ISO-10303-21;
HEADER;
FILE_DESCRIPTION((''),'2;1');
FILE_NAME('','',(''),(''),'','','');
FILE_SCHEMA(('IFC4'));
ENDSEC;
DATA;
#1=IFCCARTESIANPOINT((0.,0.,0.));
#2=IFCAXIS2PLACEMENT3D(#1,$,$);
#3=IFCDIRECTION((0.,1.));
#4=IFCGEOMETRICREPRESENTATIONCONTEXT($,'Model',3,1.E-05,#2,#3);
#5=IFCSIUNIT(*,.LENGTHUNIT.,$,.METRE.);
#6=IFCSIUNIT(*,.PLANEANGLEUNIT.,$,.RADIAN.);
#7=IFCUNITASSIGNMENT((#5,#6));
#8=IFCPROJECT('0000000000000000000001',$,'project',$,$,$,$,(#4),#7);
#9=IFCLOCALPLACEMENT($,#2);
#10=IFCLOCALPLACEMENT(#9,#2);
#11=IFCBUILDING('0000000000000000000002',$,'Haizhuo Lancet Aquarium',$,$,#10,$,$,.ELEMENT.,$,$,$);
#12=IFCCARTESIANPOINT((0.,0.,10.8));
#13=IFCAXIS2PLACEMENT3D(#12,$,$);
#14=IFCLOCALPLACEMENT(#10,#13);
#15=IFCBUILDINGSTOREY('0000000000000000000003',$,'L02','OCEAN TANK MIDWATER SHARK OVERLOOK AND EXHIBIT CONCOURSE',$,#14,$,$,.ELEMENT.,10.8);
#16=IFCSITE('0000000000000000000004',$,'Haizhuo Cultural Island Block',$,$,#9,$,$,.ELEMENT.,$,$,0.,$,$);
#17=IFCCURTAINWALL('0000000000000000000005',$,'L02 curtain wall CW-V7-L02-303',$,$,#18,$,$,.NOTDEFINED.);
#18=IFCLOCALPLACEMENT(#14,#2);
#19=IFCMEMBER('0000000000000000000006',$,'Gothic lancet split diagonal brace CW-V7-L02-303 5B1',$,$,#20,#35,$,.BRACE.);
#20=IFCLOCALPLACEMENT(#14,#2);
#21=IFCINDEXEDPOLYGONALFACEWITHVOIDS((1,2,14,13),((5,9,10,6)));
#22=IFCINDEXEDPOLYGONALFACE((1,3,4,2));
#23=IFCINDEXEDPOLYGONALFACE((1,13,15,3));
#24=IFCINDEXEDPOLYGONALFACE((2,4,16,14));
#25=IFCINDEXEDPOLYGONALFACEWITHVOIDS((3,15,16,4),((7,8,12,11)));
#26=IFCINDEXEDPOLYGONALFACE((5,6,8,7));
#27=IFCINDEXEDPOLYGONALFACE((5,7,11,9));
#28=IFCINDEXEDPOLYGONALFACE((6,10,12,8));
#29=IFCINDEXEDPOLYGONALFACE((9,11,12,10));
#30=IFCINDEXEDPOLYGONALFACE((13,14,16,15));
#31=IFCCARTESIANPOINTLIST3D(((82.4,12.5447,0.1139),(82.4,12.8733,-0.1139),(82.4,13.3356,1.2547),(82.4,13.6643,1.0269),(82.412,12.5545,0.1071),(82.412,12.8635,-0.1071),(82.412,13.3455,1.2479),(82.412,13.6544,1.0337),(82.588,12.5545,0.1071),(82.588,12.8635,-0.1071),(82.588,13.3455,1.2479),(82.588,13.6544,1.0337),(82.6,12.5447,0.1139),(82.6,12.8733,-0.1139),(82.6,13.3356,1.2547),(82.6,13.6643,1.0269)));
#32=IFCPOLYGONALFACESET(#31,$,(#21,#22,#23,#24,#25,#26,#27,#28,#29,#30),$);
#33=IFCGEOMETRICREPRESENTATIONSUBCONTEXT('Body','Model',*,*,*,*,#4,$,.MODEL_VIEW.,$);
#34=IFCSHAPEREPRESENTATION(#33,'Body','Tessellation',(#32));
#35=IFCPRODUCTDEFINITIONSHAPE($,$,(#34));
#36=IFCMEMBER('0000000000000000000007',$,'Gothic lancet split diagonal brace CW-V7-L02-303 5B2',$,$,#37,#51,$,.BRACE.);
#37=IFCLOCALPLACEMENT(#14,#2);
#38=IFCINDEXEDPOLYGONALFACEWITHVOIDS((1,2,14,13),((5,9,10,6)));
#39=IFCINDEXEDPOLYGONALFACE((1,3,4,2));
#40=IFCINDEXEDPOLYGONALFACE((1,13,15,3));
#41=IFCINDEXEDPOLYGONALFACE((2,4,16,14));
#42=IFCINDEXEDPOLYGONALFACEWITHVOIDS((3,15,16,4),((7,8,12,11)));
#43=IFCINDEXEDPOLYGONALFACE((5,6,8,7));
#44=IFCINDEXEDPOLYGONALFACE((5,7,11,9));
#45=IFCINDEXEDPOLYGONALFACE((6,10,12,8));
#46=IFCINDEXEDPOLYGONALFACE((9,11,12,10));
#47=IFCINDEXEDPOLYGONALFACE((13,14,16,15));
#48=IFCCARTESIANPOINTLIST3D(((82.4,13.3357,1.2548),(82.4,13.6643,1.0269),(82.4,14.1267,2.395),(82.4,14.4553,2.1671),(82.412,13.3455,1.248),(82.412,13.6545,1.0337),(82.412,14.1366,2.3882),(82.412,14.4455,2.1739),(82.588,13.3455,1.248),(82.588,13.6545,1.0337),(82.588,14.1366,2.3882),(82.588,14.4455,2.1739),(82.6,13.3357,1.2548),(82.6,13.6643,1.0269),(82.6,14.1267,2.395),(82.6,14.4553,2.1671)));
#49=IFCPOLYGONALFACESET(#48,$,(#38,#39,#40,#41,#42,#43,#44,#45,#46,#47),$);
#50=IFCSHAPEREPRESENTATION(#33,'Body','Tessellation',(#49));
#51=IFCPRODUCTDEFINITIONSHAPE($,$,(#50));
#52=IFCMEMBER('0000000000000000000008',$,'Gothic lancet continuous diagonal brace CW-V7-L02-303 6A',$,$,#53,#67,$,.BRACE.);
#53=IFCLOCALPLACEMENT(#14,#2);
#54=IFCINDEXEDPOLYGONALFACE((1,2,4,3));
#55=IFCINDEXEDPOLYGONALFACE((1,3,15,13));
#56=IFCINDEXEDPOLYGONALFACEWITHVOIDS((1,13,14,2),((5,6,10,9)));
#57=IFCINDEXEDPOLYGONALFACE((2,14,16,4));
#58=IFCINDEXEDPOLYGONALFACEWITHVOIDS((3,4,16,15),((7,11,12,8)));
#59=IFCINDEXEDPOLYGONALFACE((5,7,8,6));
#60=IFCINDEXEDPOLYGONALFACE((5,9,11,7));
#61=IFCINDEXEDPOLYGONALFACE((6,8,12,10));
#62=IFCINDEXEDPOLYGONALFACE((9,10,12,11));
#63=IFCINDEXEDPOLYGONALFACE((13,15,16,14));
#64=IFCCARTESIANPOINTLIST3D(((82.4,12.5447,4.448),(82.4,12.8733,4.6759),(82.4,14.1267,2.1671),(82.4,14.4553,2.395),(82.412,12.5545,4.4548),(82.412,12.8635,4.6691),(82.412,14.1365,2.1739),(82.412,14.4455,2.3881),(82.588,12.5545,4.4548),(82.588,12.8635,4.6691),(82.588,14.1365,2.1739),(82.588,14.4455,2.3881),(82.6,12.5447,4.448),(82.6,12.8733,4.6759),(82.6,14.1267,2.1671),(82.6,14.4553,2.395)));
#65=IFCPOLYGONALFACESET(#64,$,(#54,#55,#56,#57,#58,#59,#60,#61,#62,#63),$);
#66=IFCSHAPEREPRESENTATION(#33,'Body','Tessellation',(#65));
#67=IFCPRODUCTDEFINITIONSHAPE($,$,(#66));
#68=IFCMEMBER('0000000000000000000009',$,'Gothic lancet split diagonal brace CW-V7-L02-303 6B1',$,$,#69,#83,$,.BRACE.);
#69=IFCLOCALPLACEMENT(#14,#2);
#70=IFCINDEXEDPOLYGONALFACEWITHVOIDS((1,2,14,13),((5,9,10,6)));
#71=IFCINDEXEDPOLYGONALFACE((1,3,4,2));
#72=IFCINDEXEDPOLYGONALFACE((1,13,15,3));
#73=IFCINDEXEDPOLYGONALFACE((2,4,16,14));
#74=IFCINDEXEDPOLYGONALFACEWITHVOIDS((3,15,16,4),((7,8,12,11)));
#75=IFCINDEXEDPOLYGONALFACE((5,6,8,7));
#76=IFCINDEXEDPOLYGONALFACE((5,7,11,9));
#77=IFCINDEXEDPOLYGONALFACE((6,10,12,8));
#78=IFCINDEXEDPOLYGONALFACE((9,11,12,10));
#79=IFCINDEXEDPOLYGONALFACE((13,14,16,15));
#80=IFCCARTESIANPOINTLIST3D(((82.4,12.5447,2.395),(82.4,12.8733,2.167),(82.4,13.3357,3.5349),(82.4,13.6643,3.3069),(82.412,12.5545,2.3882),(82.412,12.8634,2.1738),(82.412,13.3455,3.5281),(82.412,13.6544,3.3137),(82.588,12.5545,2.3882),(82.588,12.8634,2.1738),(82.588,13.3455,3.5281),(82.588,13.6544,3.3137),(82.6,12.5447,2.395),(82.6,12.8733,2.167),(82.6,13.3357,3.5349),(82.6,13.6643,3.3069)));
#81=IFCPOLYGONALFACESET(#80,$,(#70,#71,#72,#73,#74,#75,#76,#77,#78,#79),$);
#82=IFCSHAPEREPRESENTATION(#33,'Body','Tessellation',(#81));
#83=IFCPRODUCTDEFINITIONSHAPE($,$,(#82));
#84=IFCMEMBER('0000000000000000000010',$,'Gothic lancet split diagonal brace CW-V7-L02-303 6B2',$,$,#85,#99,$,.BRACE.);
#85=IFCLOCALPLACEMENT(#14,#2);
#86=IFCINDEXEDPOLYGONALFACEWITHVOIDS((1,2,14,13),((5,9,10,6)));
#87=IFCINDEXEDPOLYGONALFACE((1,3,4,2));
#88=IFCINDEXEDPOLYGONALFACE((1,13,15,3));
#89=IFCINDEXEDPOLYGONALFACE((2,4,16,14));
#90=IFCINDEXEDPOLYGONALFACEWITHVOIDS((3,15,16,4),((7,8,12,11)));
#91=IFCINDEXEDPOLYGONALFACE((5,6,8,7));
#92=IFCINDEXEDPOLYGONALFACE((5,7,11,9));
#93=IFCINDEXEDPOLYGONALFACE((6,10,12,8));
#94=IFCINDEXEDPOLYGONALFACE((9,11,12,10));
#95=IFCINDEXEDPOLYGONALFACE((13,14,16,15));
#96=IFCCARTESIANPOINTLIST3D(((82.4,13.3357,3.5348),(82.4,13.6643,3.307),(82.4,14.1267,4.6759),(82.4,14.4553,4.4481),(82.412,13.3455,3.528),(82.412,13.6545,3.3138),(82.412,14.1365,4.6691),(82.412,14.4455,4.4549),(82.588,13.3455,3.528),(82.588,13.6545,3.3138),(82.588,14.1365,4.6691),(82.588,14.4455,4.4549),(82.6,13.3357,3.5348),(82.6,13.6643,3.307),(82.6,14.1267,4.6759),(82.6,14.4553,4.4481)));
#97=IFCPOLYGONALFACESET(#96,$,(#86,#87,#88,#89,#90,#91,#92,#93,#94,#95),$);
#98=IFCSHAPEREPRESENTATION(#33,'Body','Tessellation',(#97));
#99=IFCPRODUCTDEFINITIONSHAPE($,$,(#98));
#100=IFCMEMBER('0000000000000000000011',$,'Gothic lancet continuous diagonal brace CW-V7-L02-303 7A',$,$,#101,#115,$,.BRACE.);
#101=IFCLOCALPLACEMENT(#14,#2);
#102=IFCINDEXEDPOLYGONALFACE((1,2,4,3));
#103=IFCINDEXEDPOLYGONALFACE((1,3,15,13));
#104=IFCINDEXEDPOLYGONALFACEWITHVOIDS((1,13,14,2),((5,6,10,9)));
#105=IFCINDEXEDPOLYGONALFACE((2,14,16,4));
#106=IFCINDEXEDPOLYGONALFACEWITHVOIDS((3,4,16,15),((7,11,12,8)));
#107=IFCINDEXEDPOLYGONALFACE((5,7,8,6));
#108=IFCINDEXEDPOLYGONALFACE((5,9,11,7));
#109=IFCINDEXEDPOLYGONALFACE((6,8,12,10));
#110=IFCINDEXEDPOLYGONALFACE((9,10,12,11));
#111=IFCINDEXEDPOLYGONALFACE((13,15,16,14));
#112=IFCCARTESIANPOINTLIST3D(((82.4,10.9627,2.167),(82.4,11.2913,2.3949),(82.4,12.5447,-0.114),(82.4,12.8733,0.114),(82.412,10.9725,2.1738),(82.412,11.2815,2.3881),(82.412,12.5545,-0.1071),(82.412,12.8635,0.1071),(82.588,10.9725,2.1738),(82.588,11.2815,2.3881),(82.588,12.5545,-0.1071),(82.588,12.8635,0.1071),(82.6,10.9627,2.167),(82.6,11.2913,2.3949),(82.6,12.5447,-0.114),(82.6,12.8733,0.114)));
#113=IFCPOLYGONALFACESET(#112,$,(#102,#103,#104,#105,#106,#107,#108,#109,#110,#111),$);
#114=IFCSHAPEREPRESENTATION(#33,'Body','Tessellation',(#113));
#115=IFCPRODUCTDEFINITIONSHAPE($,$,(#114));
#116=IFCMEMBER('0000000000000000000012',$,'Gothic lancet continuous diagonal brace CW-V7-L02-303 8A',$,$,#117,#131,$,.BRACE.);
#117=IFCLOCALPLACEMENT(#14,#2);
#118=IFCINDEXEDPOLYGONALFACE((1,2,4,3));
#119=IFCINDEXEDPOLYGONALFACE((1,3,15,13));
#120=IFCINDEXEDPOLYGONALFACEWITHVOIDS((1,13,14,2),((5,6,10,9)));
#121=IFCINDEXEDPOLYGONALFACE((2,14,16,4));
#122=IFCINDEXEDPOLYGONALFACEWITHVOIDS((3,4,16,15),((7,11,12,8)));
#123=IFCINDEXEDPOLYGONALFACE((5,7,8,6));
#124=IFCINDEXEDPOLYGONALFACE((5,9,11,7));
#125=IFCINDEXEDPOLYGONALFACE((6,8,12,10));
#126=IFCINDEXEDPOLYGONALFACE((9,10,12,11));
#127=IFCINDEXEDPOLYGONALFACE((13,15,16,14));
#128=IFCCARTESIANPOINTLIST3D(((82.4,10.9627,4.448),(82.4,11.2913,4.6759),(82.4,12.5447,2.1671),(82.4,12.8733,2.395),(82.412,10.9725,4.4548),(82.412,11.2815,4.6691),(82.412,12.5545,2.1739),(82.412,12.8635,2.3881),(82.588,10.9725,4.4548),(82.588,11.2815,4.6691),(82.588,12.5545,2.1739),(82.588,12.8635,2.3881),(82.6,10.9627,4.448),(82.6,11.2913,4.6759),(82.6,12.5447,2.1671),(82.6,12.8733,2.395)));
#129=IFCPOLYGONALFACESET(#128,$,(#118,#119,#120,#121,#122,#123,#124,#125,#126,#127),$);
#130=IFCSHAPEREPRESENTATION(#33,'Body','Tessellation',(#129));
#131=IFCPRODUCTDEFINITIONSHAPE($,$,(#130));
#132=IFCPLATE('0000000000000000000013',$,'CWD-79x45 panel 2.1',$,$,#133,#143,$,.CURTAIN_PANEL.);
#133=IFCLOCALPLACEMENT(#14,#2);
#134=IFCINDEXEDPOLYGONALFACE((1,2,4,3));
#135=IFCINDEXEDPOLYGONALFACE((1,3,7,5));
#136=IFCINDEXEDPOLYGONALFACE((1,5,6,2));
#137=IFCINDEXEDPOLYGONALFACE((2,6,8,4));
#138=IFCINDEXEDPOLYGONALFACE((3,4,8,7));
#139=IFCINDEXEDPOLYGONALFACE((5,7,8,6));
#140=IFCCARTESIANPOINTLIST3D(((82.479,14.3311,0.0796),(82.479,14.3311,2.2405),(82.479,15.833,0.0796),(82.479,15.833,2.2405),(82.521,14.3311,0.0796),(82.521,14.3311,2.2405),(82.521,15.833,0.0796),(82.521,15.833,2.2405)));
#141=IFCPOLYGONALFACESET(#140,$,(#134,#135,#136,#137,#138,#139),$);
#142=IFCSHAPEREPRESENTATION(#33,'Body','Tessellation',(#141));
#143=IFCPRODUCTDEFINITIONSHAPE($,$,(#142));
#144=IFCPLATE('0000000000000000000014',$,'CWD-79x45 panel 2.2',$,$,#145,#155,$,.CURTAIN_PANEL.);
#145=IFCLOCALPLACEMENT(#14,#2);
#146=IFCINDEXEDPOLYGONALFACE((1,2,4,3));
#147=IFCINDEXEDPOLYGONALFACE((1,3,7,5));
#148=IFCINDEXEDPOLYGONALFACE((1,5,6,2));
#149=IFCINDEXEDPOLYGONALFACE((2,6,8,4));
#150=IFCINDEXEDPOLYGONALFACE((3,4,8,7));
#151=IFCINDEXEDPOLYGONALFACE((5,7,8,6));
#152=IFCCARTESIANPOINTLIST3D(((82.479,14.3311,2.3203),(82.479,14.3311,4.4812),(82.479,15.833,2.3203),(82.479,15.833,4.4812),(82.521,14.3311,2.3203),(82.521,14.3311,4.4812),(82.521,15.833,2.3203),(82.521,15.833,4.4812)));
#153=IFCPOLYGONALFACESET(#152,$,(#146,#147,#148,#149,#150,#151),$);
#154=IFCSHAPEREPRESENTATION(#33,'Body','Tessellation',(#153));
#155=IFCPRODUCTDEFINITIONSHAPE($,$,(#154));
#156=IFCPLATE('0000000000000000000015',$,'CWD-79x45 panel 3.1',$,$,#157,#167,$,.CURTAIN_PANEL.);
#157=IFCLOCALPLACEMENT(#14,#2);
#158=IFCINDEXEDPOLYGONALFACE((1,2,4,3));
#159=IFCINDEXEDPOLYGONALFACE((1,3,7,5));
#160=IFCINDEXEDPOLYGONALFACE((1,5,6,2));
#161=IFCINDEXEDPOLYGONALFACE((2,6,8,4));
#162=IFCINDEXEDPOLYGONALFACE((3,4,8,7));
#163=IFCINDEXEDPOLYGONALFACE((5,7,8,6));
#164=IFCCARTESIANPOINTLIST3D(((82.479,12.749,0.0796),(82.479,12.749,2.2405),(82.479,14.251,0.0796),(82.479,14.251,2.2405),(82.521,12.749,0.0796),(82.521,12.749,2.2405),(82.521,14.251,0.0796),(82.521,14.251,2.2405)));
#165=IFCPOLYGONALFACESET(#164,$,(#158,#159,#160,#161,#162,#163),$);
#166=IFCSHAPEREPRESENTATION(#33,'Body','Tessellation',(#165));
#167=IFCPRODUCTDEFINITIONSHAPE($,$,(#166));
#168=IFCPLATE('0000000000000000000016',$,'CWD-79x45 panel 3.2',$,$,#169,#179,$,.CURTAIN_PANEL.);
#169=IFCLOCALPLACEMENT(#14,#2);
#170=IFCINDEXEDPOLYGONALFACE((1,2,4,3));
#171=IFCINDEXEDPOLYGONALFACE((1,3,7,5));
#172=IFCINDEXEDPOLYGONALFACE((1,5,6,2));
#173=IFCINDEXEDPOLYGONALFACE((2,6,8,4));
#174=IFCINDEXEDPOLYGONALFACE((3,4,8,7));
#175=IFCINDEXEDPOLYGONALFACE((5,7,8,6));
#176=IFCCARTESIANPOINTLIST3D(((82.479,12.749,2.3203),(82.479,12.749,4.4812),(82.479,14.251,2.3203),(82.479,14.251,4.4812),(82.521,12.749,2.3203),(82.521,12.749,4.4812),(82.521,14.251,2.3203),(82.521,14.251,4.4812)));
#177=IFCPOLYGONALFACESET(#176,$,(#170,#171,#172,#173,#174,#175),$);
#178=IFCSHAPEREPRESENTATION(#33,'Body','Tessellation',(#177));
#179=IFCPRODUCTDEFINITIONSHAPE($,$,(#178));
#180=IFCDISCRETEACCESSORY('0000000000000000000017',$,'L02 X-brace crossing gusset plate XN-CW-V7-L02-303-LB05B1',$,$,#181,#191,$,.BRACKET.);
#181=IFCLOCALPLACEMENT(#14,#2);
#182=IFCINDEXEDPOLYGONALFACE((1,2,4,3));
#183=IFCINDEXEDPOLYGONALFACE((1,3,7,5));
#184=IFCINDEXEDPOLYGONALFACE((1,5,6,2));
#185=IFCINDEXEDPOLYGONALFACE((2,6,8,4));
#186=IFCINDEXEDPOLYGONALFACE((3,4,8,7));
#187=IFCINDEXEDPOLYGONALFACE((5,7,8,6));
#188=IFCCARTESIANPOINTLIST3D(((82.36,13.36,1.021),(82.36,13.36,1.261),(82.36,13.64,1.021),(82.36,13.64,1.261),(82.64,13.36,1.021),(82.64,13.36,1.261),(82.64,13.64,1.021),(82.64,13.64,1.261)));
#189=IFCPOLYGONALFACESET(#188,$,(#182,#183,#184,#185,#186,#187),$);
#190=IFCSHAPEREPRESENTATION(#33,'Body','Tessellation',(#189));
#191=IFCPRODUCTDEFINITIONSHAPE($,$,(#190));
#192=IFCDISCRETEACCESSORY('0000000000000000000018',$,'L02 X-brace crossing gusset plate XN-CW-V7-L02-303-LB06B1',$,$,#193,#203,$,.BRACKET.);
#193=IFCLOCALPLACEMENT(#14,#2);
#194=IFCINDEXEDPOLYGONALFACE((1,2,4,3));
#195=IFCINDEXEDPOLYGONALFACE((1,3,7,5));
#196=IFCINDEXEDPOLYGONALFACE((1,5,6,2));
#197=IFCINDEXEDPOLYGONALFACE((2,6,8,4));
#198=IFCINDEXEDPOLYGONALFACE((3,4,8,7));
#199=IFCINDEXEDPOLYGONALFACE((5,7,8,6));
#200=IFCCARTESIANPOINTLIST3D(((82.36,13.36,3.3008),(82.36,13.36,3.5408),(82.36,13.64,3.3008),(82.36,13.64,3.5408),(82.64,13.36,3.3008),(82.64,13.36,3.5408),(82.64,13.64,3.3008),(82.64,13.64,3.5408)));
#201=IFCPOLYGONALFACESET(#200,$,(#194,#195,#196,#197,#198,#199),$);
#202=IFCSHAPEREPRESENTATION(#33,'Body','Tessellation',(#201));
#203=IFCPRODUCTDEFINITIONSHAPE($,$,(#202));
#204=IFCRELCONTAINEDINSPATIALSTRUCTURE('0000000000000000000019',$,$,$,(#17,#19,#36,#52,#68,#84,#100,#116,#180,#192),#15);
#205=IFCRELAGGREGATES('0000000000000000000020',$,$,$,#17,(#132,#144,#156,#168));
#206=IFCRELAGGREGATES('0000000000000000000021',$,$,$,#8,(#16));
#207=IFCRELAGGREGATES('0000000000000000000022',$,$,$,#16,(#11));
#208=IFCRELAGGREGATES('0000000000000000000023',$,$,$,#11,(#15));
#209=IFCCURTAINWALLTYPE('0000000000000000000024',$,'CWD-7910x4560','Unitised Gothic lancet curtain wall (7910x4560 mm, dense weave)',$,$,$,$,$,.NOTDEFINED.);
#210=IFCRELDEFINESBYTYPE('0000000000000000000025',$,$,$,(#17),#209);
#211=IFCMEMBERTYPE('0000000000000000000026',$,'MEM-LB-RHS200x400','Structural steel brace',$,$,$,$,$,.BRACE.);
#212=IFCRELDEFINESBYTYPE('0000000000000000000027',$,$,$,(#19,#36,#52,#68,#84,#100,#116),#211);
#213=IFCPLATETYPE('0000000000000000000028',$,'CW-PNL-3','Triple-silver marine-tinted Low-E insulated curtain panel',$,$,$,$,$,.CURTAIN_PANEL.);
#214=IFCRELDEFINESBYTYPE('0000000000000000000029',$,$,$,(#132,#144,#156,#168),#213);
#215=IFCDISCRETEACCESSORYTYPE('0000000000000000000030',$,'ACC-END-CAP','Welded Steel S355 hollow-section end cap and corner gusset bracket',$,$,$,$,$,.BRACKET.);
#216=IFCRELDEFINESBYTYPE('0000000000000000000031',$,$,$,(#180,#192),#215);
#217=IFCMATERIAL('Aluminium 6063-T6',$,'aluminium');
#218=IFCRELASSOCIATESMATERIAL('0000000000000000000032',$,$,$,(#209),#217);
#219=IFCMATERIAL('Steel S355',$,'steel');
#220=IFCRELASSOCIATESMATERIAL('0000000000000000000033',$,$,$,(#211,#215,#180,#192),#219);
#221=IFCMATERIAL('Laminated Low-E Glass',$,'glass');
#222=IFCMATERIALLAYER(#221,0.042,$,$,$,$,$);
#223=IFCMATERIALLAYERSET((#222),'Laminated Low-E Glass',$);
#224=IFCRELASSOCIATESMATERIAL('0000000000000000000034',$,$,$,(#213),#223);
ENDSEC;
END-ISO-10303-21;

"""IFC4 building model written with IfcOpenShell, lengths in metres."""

from ifc_helpers import new_model, si_unit, direction, frame, origin, origin_2d, place, context, subcontext, project, spatial, rectangle, hollow_rectangle, extrude, material, layer, layer_set, material_profile, profile_set, type_object, element, aggregate, save


model = new_model("IFC4")

# Units and contexts
model_context = context("Model", 3, precision=1e-05, world=origin(), true_north=direction((0.0, 1.0)))
body_context = subcontext(model_context, "Body", "Model", "MODEL_VIEW")
ifc_project = project(units=[si_unit("LENGTHUNIT", "METRE"), si_unit("PLANEANGLEUNIT", "RADIAN")], contexts=[model_context])

# Site, building, storey
site_placement = place(None, origin())
site = spatial("IfcSite", under=ifc_project, at=site_placement, Name="Haizhuo Cultural Island Block", CompositionType="ELEMENT", RefElevation=0.0)
building_placement = place(site_placement, origin())
building = spatial("IfcBuilding", under=site, at=building_placement, Name="Haizhuo Lancet Aquarium", CompositionType="ELEMENT")
storey_placement = place(building_placement, frame((0.0, 0.0, 10.8)))
storey = spatial("IfcBuildingStorey", under=building, at=storey_placement, Name="L02", Description="OCEAN TANK MIDWATER SHARK OVERLOOK AND EXHIBIT CONCOURSE", CompositionType="ELEMENT", Elevation=10.8)

# Curtain wall
ifc_material_1 = material(Name="Aluminium 6063-T6", Category="aluminium")
curtain_wall_type = type_object("IfcCurtainWallType", Name="CWD-7910x4560", Description="Unitised Gothic lancet curtain wall (7910x4560 mm, dense weave)", PredefinedType="NOTDEFINED", material=ifc_material_1)
curtain_wall_placement = place(storey_placement, origin())
curtain_wall = element("IfcCurtainWall", 1, at=curtain_wall_placement, inside=storey, type_object=curtain_wall_type, Name="L02 curtain wall CW-V7-L02-303", PredefinedType="NOTDEFINED")

# Members
ifc_material_2 = material(Name="Steel S355", Category="steel")
ifc_material_profile_1 = material_profile(ifc_material_2, hollow_rectangle(XDim=0.2, YDim=0.3999, WallThickness=0.012, at=origin_2d()), Name="RHS 200x400x12")
ifc_profile_set_1 = profile_set([ifc_material_profile_1], Name="Steel S355")
member_type_1 = type_object("IfcMemberType", Name="MEM-LB-RHS200x400", Description="Structural steel brace", PredefinedType="BRACE", material=ifc_profile_set_1)
member_1_placement = place(storey_placement, frame((82.5, 12.709, 0.0), z_axis=(0.0, 0.569786, 0.821793), x_axis=(-1.0, 0.0, 0.0)))
element("IfcMember", 2, at=member_1_placement, inside=storey, type_object=member_type_1, Name="Gothic lancet split diagonal brace CW-V7-L02-303 5B1", PredefinedType="BRACE", context=body_context, shape_type="SweptSolid", body=[
    extrude(hollow_rectangle(XDim=0.2, YDim=0.3999, WallThickness=0.012, at=origin_2d()), origin(), (0.0, 0.0, 1.0), 1.3882),
])
member_2_placement = place(storey_placement, frame((82.5, 13.5, 1.1409), z_axis=(0.0, 0.570033, 0.821622), x_axis=(-1.0, 0.0, 0.0)))
element("IfcMember", 3, at=member_2_placement, inside=storey, type_object=member_type_1, Name="Gothic lancet split diagonal brace CW-V7-L02-303 5B2", PredefinedType="BRACE", context=body_context, shape_type="SweptSolid", body=[
    extrude(hollow_rectangle(XDim=0.2, YDim=0.3999, WallThickness=0.012, at=origin_2d()), origin(), (0.0, 0.0, 1.0), 1.3877),
])
member_3_placement = place(storey_placement, frame((82.5, 14.291, 2.281), z_axis=(0.0, -0.569909, 0.821707), x_axis=(1.0, 0.0, 0.0)))
element("IfcMember", 4, at=member_3_placement, inside=storey, type_object=member_type_1, Name="Gothic lancet continuous diagonal brace CW-V7-L02-303 6A", PredefinedType="BRACE", context=body_context, shape_type="SweptSolid", body=[
    extrude(hollow_rectangle(XDim=0.2, YDim=0.3999, WallThickness=0.012, at=origin_2d()), origin(), (0.0, 0.0, 1.0), 2.7759),
])
member_4_placement = place(storey_placement, frame((82.5, 12.709, 2.281), z_axis=(0.0, 0.570115, 0.821565), x_axis=(-1.0, 0.0, 0.0)))
element("IfcMember", 5, at=member_4_placement, inside=storey, type_object=member_type_1, Name="Gothic lancet split diagonal brace CW-V7-L02-303 6B1", PredefinedType="BRACE", context=body_context, shape_type="SweptSolid", body=[
    extrude(hollow_rectangle(XDim=0.2, YDim=0.3999, WallThickness=0.012, at=origin_2d()), origin(), (0.0, 0.0, 1.0), 1.3875),
])
member_5_placement = place(storey_placement, frame((82.5, 13.5, 3.4209), z_axis=(0.0, 0.569704, 0.82185), x_axis=(-1.0, 0.0, 0.0)))
element("IfcMember", 6, at=member_5_placement, inside=storey, type_object=member_type_1, Name="Gothic lancet split diagonal brace CW-V7-L02-303 6B2", PredefinedType="BRACE", context=body_context, shape_type="SweptSolid", body=[
    extrude(hollow_rectangle(XDim=0.2, YDim=0.3999, WallThickness=0.012, at=origin_2d()), origin(), (0.0, 0.0, 1.0), 1.3884),
])
for number, where, z_axis, x_axis, name in (
    (7, (82.5, 12.709, 0.0), (0.0, -0.569909, 0.821707), (1.0, 0.0, 0.0), "Gothic lancet continuous diagonal brace CW-V7-L02-303 7A"),
    (8, (82.5, 12.709, 2.281), (0.0, -0.569909, 0.821707), (1.0, 0.0, 0.0), "Gothic lancet continuous diagonal brace CW-V7-L02-303 8A"),
):
    element("IfcMember", number, at=place(storey_placement, frame(where, z_axis=z_axis, x_axis=x_axis)), inside=storey, type_object=member_type_1, Name=name, PredefinedType="BRACE", context=body_context, shape_type="SweptSolid", body=[
        extrude(hollow_rectangle(XDim=0.2, YDim=0.3999, WallThickness=0.012, at=origin_2d()), origin(), (0.0, 0.0, 1.0), 2.7759),
    ])

# Plates
ifc_material_3 = material(Name="Laminated Low-E Glass", Category="glass")
ifc_layer = layer(ifc_material_3, 0.042)
ifc_layer_set = layer_set([ifc_layer], Name="Laminated Low-E Glass")
plate_type = type_object("IfcPlateType", Name="CW-PNL-3", Description="Triple-silver marine-tinted Low-E insulated curtain panel", PredefinedType="CURTAIN_PANEL", material=ifc_layer_set)
plate_1_placement = place(storey_placement, frame((82.5, 15.082, 0.0796), z_axis=(0.0, 0.0, 1.0), x_axis=(0.0, -1.0, 0.0)))
plate_1 = element("IfcPlate", 9, at=plate_1_placement, type_object=plate_type, Name="CWD-79x45 panel 2.1", PredefinedType="CURTAIN_PANEL", context=body_context, shape_type="SweptSolid", body=[
    extrude(rectangle(XDim=1.502, YDim=0.042, at=origin_2d()), origin(), (0.0, 0.0, 1.0), 2.1609),
])
plate_2_placement = place(storey_placement, frame((82.5, 15.082, 2.3203), z_axis=(0.0, 0.0, 1.0), x_axis=(0.0, -1.0, 0.0)))
plate_2 = element("IfcPlate", 10, at=plate_2_placement, type_object=plate_type, Name="CWD-79x45 panel 2.2", PredefinedType="CURTAIN_PANEL", context=body_context, shape_type="SweptSolid", body=[
    extrude(rectangle(XDim=1.502, YDim=0.042, at=origin_2d()), origin(), (0.0, 0.0, 1.0), 2.1609),
])
plate_3_placement = place(storey_placement, frame((82.5, 13.5, 0.0796), z_axis=(0.0, 0.0, 1.0), x_axis=(0.0, -1.0, 0.0)))
plate_3 = element("IfcPlate", 11, at=plate_3_placement, type_object=plate_type, Name="CWD-79x45 panel 3.1", PredefinedType="CURTAIN_PANEL", context=body_context, shape_type="SweptSolid", body=[
    extrude(rectangle(XDim=1.502, YDim=0.042, at=origin_2d()), origin(), (0.0, 0.0, 1.0), 2.1609),
])
plate_4_placement = place(storey_placement, frame((82.5, 13.5, 2.3203), z_axis=(0.0, 0.0, 1.0), x_axis=(0.0, -1.0, 0.0)))
plate_4 = element("IfcPlate", 12, at=plate_4_placement, type_object=plate_type, Name="CWD-79x45 panel 3.2", PredefinedType="CURTAIN_PANEL", context=body_context, shape_type="SweptSolid", body=[
    extrude(rectangle(XDim=1.502, YDim=0.042, at=origin_2d()), origin(), (0.0, 0.0, 1.0), 2.1609),
])
aggregate(curtain_wall, [plate_1, plate_2, plate_3, plate_4])

# Discrete accessories
discrete_accessory_type = type_object("IfcDiscreteAccessoryType", Name="ACC-END-CAP", Description="Welded Steel S355 hollow-section end cap and corner gusset bracket", PredefinedType="BRACKET", material=ifc_material_2)
for number, where, z_axis, x_axis, name in (
    (13, (82.5, 13.5, 1.021), (0.0, 0.0, 1.0), (1.0, 0.0, 0.0), "L02 X-brace crossing gusset plate XN-CW-V7-L02-303-LB05B1"),
    (14, (82.5, 13.5, 3.3008), (0.0, 0.0, 1.0), (1.0, 0.0, 0.0), "L02 X-brace crossing gusset plate XN-CW-V7-L02-303-LB06B1"),
):
    element("IfcDiscreteAccessory", number, at=place(storey_placement, frame(where, z_axis=z_axis, x_axis=x_axis)), inside=storey, type_object=discrete_accessory_type, material=ifc_material_2, Name=name, PredefinedType="BRACKET", context=body_context, shape_type="SweptSolid", body=[
        extrude(rectangle(XDim=0.28, YDim=0.28, at=origin_2d()), origin(), (0.0, 0.0, 1.0), 0.24),
    ])

save(model, "model.ifc")
